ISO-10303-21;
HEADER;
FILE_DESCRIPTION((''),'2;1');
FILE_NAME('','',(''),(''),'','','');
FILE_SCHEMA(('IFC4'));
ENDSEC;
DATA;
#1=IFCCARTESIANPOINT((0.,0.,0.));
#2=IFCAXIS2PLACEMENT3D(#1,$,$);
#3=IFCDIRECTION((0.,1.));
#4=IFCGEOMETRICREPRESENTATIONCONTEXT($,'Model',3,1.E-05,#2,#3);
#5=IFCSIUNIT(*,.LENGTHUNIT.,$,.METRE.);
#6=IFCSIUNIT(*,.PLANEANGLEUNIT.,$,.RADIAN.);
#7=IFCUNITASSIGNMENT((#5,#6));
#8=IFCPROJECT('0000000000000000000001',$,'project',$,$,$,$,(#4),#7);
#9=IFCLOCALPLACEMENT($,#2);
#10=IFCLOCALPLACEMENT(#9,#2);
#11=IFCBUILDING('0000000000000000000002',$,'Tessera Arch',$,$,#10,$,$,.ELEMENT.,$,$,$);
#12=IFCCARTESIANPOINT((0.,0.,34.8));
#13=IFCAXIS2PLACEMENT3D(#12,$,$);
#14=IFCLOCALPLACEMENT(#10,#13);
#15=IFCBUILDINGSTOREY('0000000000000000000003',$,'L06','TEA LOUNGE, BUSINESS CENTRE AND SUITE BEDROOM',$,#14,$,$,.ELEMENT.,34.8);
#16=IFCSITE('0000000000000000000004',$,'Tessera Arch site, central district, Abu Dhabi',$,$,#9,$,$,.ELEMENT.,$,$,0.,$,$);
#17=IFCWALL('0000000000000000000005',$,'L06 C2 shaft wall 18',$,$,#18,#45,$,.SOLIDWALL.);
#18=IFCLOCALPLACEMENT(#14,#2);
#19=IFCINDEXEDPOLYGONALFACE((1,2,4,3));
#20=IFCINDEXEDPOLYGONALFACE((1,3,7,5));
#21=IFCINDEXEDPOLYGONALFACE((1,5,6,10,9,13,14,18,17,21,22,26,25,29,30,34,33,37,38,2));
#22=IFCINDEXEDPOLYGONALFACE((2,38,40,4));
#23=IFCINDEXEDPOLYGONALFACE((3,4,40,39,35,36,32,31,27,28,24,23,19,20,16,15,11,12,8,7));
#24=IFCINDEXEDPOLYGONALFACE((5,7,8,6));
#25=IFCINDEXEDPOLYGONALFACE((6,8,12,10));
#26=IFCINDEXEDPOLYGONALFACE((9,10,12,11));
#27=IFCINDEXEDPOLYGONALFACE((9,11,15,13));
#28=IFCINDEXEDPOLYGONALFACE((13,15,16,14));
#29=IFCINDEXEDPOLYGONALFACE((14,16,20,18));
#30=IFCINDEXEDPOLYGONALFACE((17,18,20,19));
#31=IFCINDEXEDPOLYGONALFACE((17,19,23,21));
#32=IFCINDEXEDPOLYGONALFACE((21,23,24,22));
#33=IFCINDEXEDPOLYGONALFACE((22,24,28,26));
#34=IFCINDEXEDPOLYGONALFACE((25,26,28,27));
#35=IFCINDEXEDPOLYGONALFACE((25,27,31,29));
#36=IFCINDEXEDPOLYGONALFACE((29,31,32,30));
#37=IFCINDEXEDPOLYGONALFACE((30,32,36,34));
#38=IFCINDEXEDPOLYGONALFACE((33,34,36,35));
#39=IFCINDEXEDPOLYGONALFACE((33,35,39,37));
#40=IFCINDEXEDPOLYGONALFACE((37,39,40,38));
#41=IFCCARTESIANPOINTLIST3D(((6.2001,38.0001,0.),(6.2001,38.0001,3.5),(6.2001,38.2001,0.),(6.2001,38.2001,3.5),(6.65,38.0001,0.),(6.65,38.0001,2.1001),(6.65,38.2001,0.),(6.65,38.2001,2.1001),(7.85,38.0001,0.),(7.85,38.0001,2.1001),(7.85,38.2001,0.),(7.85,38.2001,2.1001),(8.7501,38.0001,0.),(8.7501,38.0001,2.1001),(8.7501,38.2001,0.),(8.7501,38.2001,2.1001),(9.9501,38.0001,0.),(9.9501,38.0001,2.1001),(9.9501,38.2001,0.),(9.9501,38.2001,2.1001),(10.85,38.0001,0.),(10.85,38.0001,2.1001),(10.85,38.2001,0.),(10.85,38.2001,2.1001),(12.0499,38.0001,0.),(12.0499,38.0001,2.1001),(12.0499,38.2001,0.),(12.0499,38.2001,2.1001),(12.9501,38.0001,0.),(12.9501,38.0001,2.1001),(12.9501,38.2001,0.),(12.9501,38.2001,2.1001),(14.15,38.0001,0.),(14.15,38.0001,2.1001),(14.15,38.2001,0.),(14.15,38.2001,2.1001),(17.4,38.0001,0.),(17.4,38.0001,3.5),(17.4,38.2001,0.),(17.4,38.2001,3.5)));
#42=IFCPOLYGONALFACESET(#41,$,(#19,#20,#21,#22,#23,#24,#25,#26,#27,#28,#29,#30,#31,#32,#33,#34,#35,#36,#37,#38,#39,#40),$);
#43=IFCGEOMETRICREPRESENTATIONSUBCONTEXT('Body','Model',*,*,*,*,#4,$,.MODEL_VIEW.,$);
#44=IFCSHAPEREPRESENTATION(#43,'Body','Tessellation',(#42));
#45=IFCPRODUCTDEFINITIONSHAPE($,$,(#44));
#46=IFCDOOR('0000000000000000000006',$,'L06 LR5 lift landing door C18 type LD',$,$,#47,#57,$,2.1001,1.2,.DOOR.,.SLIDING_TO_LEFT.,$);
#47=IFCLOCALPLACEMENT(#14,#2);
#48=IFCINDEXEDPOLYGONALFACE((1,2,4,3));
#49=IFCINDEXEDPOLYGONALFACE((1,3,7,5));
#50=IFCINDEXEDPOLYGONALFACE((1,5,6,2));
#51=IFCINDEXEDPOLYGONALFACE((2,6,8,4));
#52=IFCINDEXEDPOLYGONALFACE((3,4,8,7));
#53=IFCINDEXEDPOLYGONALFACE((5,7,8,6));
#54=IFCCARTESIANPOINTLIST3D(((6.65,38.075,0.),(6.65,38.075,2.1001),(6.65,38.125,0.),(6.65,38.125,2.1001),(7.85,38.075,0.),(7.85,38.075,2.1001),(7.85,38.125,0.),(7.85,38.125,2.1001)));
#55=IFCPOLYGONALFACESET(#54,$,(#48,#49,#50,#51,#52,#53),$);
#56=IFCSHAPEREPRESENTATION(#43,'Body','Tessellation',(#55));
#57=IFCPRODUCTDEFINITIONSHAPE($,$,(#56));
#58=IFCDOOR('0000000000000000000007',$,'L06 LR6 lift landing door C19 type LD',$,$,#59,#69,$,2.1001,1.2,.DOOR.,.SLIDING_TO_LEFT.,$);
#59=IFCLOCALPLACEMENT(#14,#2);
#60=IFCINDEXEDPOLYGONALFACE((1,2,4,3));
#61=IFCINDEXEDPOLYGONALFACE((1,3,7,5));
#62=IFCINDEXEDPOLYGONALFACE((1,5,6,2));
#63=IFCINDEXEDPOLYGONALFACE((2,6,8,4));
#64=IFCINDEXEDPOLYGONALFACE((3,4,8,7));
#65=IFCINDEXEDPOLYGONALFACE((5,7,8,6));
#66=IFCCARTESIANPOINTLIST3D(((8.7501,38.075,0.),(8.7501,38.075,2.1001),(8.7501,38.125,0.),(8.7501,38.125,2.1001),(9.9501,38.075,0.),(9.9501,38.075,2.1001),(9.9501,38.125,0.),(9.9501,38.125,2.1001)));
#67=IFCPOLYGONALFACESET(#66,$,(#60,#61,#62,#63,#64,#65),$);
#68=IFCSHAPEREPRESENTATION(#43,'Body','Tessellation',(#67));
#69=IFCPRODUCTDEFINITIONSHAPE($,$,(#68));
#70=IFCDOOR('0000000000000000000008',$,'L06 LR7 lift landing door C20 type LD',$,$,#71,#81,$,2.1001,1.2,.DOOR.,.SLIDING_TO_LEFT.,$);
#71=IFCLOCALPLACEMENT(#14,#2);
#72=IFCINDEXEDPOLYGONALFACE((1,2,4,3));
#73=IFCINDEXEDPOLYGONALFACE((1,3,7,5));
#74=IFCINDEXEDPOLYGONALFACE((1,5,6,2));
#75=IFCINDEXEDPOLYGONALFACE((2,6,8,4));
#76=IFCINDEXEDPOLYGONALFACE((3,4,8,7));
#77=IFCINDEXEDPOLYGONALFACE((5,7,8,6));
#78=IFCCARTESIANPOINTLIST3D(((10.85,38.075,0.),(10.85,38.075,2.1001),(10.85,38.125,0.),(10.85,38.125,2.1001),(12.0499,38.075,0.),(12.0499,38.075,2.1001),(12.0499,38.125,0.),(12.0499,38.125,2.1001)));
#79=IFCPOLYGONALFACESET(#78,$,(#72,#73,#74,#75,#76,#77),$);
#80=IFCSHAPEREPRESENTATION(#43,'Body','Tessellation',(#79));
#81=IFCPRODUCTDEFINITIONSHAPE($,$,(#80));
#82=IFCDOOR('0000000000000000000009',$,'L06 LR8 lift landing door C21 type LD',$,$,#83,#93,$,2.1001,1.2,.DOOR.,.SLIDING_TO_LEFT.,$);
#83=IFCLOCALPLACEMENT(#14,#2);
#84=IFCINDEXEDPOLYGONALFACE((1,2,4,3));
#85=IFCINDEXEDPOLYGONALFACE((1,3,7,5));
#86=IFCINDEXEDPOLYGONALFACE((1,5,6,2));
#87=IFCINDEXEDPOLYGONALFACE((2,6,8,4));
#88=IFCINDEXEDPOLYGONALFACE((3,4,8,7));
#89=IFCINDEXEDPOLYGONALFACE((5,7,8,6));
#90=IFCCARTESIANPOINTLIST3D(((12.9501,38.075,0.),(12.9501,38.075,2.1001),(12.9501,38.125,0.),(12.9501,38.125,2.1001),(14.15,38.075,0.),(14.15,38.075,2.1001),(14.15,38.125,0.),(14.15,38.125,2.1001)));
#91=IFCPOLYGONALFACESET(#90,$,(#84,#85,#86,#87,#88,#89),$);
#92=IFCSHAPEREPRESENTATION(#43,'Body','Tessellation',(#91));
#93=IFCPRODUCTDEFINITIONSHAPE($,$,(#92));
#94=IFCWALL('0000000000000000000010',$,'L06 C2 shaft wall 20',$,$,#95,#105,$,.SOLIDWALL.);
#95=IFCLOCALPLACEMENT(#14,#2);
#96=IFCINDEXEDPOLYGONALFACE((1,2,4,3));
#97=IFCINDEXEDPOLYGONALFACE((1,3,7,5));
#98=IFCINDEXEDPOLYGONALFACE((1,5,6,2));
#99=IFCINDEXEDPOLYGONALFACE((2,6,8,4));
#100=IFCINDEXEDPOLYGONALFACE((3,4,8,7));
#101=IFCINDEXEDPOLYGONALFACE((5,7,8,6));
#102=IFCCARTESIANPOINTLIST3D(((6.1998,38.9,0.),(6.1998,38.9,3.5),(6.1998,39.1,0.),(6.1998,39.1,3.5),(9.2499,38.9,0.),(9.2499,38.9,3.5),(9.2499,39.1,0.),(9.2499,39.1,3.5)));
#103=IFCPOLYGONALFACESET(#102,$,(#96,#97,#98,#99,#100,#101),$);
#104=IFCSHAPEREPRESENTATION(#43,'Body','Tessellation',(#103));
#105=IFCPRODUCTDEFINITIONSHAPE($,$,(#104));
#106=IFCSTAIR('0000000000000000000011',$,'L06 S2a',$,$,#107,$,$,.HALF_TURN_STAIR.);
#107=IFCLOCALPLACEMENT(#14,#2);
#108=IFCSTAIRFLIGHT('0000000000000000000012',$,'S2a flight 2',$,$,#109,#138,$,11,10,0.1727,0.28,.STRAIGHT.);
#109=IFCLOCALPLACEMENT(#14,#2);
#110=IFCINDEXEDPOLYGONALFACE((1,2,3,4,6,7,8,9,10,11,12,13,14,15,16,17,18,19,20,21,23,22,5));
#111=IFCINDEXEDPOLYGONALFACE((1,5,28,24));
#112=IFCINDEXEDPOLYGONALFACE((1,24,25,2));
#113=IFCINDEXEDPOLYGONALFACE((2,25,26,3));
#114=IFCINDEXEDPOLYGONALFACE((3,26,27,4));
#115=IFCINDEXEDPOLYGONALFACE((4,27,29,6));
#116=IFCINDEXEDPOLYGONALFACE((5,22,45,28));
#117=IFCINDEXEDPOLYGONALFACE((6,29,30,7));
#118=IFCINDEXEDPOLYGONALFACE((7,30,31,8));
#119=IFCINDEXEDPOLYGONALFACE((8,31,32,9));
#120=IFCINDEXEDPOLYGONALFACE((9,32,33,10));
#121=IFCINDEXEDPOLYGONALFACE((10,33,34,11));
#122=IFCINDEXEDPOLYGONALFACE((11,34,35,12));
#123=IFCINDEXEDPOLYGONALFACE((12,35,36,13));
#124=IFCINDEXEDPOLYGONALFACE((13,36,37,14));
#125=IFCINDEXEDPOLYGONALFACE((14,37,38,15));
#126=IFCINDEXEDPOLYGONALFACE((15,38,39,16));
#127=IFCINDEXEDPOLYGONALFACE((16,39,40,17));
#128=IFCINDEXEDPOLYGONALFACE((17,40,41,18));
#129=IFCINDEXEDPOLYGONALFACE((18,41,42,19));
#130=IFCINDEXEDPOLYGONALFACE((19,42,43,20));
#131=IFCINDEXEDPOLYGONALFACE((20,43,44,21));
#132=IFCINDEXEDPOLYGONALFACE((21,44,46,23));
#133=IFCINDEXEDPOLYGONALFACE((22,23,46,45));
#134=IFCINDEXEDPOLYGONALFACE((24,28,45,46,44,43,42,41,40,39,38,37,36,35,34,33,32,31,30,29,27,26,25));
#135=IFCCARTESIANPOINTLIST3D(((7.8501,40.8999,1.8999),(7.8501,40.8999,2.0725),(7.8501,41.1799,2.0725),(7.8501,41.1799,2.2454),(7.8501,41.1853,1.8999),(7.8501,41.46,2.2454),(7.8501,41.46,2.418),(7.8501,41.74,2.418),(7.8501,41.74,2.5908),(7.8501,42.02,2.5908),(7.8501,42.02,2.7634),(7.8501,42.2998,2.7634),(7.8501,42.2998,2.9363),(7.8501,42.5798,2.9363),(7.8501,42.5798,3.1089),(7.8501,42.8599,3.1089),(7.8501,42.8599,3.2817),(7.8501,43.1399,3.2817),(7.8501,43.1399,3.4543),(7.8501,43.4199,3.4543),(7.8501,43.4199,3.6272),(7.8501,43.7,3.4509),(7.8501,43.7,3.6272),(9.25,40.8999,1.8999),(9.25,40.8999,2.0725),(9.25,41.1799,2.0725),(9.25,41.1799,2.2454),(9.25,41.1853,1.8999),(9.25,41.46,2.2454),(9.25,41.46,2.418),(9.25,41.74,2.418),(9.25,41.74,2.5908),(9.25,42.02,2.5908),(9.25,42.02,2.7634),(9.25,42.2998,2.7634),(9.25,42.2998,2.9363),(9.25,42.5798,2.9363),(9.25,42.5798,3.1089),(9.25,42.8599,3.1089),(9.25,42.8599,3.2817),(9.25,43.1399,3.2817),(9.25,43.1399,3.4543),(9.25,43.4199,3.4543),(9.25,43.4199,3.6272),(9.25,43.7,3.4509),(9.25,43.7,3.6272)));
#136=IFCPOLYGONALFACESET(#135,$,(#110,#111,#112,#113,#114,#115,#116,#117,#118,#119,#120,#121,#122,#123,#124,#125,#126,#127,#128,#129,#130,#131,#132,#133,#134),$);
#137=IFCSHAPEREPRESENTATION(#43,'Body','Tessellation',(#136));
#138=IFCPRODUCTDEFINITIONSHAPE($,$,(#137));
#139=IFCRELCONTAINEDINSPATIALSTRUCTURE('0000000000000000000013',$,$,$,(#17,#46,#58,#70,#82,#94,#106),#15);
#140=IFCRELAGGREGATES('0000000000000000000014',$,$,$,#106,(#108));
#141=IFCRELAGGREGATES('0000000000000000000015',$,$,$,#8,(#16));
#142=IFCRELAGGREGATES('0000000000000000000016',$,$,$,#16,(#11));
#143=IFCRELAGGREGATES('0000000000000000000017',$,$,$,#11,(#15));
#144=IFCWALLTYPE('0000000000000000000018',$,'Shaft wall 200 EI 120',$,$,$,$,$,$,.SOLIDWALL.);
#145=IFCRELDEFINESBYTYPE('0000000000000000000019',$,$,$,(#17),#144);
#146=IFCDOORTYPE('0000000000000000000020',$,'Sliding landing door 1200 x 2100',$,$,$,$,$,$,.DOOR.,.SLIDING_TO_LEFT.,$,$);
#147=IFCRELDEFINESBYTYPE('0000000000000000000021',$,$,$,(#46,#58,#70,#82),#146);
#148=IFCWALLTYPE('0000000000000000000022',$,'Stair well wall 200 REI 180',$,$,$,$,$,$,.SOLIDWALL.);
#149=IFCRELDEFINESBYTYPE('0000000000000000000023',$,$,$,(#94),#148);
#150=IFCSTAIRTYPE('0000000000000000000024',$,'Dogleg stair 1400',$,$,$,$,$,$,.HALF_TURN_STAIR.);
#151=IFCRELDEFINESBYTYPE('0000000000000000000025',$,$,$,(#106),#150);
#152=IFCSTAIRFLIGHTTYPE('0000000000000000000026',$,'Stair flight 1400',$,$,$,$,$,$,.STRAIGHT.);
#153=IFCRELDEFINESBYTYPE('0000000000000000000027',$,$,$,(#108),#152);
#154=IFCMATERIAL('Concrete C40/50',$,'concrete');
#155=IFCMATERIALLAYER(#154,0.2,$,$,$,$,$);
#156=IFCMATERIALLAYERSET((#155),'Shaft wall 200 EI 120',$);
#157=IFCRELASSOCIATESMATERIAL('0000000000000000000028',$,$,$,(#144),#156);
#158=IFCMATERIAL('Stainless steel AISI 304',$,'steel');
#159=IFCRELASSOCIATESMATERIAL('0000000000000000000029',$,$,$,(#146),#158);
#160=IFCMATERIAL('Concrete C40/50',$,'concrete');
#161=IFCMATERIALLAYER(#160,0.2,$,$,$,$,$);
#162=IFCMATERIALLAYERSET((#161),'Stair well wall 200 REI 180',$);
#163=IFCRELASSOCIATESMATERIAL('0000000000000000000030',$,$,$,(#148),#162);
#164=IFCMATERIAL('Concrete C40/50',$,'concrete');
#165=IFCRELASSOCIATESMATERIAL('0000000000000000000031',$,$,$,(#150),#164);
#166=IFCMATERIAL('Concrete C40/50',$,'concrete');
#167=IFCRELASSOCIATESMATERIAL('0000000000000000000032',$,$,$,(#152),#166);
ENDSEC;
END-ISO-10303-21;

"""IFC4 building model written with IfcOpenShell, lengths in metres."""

from ifc_helpers import new_model, si_unit, direction, frame, frame_2d, origin, place, context, subcontext, project, spatial, polyline, rectangle, outline, extrude, material, layer, layer_set, type_object, element, fill, aggregate, save


model = new_model("IFC4")

# Units and contexts
model_context = context("Model", 3, precision=1e-05, world=origin(), true_north=direction((0.0, 1.0)))
body_context = subcontext(model_context, "Body", "Model", "MODEL_VIEW")
ifc_project = project(units=[si_unit("LENGTHUNIT", "METRE"), si_unit("PLANEANGLEUNIT", "RADIAN")], contexts=[model_context])

# Site, building, storey
site_placement = place(None, origin())
site = spatial("IfcSite", under=ifc_project, at=site_placement, Name="Tessera Arch site, central district, Abu Dhabi", CompositionType="ELEMENT", RefElevation=0.0)
building_placement = place(site_placement, origin())
building = spatial("IfcBuilding", under=site, at=building_placement, Name="Tessera Arch", CompositionType="ELEMENT")
storey_placement = place(building_placement, frame((0.0, 0.0, 34.8)))
storey = spatial("IfcBuildingStorey", under=building, at=storey_placement, Name="L06", Description="TEA LOUNGE, BUSINESS CENTRE AND SUITE BEDROOM", CompositionType="ELEMENT", Elevation=34.8)

# Shared definitions
ifc_material_1 = material(Name="Concrete C40/50", Category="concrete")
ifc_layer_1 = layer(ifc_material_1, 0.2)
ifc_layer_set_1 = layer_set([ifc_layer_1], Name="Shaft wall 200 EI 120")
wall_type_1 = type_object("IfcWallType", Name="Shaft wall 200 EI 120", PredefinedType="SOLIDWALL", material=ifc_layer_set_1)

# Shared definitions
ifc_material_2 = material(Name="Stainless steel AISI 304", Category="steel")
door_type = type_object("IfcDoorType", Name="Sliding landing door 1200 x 2100", OperationType="SLIDING_TO_LEFT", PredefinedType="DOOR", material=ifc_material_2)

# Wall, openings, doors
wall_1_placement = place(storey_placement, frame((6.2, 38.1001, 0.0), z_axis=(0.0, 0.0, 1.0), x_axis=(1.0, 0.0, 0.0)))
wall_1 = element("IfcWall", 1, at=wall_1_placement, inside=storey, type_object=wall_type_1, Name="L06 C2 shaft wall 18", PredefinedType="SOLIDWALL", context=body_context, shape_type="SweptSolid", body=[
    extrude(rectangle(XDim=11.2, YDim=0.2, at=frame_2d((5.6001, 0.0))), origin(), (0.0, 0.0, 1.0), 3.5),
])
opening_1_placement = place(wall_1_placement, frame((0.45, 0.0, 0.0)))
opening_1 = element("IfcOpeningElement", 2, at=opening_1_placement, cuts=wall_1, PredefinedType="OPENING", context=body_context, shape_type="SweptSolid", body=[
    extrude(rectangle(XDim=1.2, YDim=2.1001, at=frame_2d((0.6001, 1.05))), frame((0.0, 0.1099, 0.0), z_axis=(0.0, -1.0, 0.0), x_axis=(1.0, 0.0, 0.0)), (0.0, 0.0, 1.0), 0.22),
])
opening_2_placement = place(wall_1_placement, frame((2.55, 0.0, 0.0)))
opening_2 = element("IfcOpeningElement", 3, at=opening_2_placement, cuts=wall_1, PredefinedType="OPENING", context=body_context, shape_type="SweptSolid", body=[
    extrude(rectangle(XDim=1.2, YDim=2.1001, at=frame_2d((0.6001, 1.05))), frame((0.0, 0.1099, 0.0), z_axis=(0.0, -1.0, 0.0), x_axis=(1.0, 0.0, 0.0)), (0.0, 0.0, 1.0), 0.22),
])
opening_3_placement = place(wall_1_placement, frame((4.6499, 0.0, 0.0)))
opening_3 = element("IfcOpeningElement", 4, at=opening_3_placement, cuts=wall_1, PredefinedType="OPENING", context=body_context, shape_type="SweptSolid", body=[
    extrude(rectangle(XDim=1.2, YDim=2.1001, at=frame_2d((0.6001, 1.05))), frame((0.0, 0.1099, 0.0), z_axis=(0.0, -1.0, 0.0), x_axis=(1.0, 0.0, 0.0)), (0.0, 0.0, 1.0), 0.22),
])
opening_4_placement = place(wall_1_placement, frame((6.75, 0.0, 0.0)))
opening_4 = element("IfcOpeningElement", 5, at=opening_4_placement, cuts=wall_1, PredefinedType="OPENING", context=body_context, shape_type="SweptSolid", body=[
    extrude(rectangle(XDim=1.2, YDim=2.1001, at=frame_2d((0.6001, 1.05))), frame((0.0, 0.1099, 0.0), z_axis=(0.0, -1.0, 0.0), x_axis=(1.0, 0.0, 0.0)), (0.0, 0.0, 1.0), 0.22),
])
door_1_placement = place(opening_1_placement, origin())
door_1 = element("IfcDoor", 6, at=door_1_placement, inside=storey, type_object=door_type, Name="L06 LR5 lift landing door C18 type LD", OperationType="SLIDING_TO_LEFT", OverallHeight=2.1001, OverallWidth=1.2, PredefinedType="DOOR", context=body_context, shape_type="SweptSolid", body=[
    extrude(rectangle(XDim=1.2, YDim=2.1001, at=frame_2d((0.6001, 1.05))), frame((0.0, 0.0249, 0.0), z_axis=(0.0, -1.0, 0.0), x_axis=(1.0, 0.0, 0.0)), (0.0, 0.0, 1.0), 0.05),
])
fill(opening_1, door_1)
door_2_placement = place(opening_2_placement, origin())
door_2 = element("IfcDoor", 7, at=door_2_placement, inside=storey, type_object=door_type, Name="L06 LR6 lift landing door C19 type LD", OperationType="SLIDING_TO_LEFT", OverallHeight=2.1001, OverallWidth=1.2, PredefinedType="DOOR", context=body_context, shape_type="SweptSolid", body=[
    extrude(rectangle(XDim=1.2, YDim=2.1001, at=frame_2d((0.6001, 1.05))), frame((0.0, 0.0249, 0.0), z_axis=(0.0, -1.0, 0.0), x_axis=(1.0, 0.0, 0.0)), (0.0, 0.0, 1.0), 0.05),
])
fill(opening_2, door_2)
door_3_placement = place(opening_3_placement, origin())
door_3 = element("IfcDoor", 8, at=door_3_placement, inside=storey, type_object=door_type, Name="L06 LR7 lift landing door C20 type LD", OperationType="SLIDING_TO_LEFT", OverallHeight=2.1001, OverallWidth=1.2, PredefinedType="DOOR", context=body_context, shape_type="SweptSolid", body=[
    extrude(rectangle(XDim=1.2, YDim=2.1001, at=frame_2d((0.6001, 1.05))), frame((0.0, 0.0249, 0.0), z_axis=(0.0, -1.0, 0.0), x_axis=(1.0, 0.0, 0.0)), (0.0, 0.0, 1.0), 0.05),
])
fill(opening_3, door_3)
door_4_placement = place(opening_4_placement, origin())
door_4 = element("IfcDoor", 9, at=door_4_placement, inside=storey, type_object=door_type, Name="L06 LR8 lift landing door C21 type LD", OperationType="SLIDING_TO_LEFT", OverallHeight=2.1001, OverallWidth=1.2, PredefinedType="DOOR", context=body_context, shape_type="SweptSolid", body=[
    extrude(rectangle(XDim=1.2, YDim=2.1001, at=frame_2d((0.6001, 1.05))), frame((0.0, 0.0249, 0.0), z_axis=(0.0, -1.0, 0.0), x_axis=(1.0, 0.0, 0.0)), (0.0, 0.0, 1.0), 0.05),
])
fill(opening_4, door_4)

# Wall
ifc_material_3 = material(Name="Concrete C40/50", Category="concrete")
ifc_layer_2 = layer(ifc_material_3, 0.2)
ifc_layer_set_2 = layer_set([ifc_layer_2], Name="Stair well wall 200 REI 180")
wall_type_2 = type_object("IfcWallType", Name="Stair well wall 200 REI 180", PredefinedType="SOLIDWALL", material=ifc_layer_set_2)
wall_2_placement = place(storey_placement, frame((6.2, 39.0, 0.0), z_axis=(0.0, 0.0, 1.0), x_axis=(1.0, 0.0, 0.0)))
element("IfcWall", 10, at=wall_2_placement, inside=storey, type_object=wall_type_2, Name="L06 C2 shaft wall 20", PredefinedType="SOLIDWALL", context=body_context, shape_type="SweptSolid", body=[
    extrude(rectangle(XDim=3.05, YDim=0.2, at=frame_2d((1.5249, 0.0))), origin(), (0.0, 0.0, 1.0), 3.5),
])

# Stair, stair flight
ifc_material_4 = material(Name="Concrete C40/50", Category="concrete")
stair_type = type_object("IfcStairType", Name="Dogleg stair 1400", PredefinedType="HALF_TURN_STAIR", material=ifc_material_4)
stair_placement = place(storey_placement, origin())
stair = element("IfcStair", 11, at=stair_placement, inside=storey, type_object=stair_type, Name="L06 S2a", PredefinedType="HALF_TURN_STAIR")
ifc_material_5 = material(Name="Concrete C40/50", Category="concrete")
stair_flight_type = type_object("IfcStairFlightType", Name="Stair flight 1400", PredefinedType="STRAIGHT", material=ifc_material_5)
stair_flight_placement = place(storey_placement, frame((8.55, 40.8999, 1.8999), z_axis=(0.0, 0.0, 1.0), x_axis=(0.0, 1.0, 0.0)))
stair_flight = element("IfcStairFlight", 12, at=stair_flight_placement, type_object=stair_flight_type, Name="S2a flight 2", NumberOfRisers=11, NumberOfTreads=10, PredefinedType="STRAIGHT", RiserHeight=0.1727, TreadLength=0.28, context=body_context, shape_type="SweptSolid", body=[
    extrude(outline(polyline([(0.0, 0.0), (0.0, 0.1726), (0.28, 0.1726), (0.28, 0.3455), (0.5601, 0.3455), (0.5601, 0.5181), (0.8401, 0.5181), (0.8401, 0.6909), (1.1201, 0.6909), (1.1201, 0.8635), (1.3999, 0.8635), (1.3999, 1.0364), (1.6799, 1.0364), (1.6799, 1.209), (1.96, 1.209), (1.96, 1.3818), (2.24, 1.3818), (2.24, 1.5544), (2.52, 1.5544), (2.52, 1.7273), (2.8, 1.7273), (2.8, 1.8999), (2.8, 1.551), (0.2854, 0.0), (0.0, 0.0)])), frame((0.0, 0.7, 0.0), z_axis=(0.0, -1.0, 0.0), x_axis=(1.0, 0.0, 0.0)), (0.0, 0.0, 1.0), 1.3999),
])
aggregate(stair, [stair_flight])

save(model, "model.ifc")
